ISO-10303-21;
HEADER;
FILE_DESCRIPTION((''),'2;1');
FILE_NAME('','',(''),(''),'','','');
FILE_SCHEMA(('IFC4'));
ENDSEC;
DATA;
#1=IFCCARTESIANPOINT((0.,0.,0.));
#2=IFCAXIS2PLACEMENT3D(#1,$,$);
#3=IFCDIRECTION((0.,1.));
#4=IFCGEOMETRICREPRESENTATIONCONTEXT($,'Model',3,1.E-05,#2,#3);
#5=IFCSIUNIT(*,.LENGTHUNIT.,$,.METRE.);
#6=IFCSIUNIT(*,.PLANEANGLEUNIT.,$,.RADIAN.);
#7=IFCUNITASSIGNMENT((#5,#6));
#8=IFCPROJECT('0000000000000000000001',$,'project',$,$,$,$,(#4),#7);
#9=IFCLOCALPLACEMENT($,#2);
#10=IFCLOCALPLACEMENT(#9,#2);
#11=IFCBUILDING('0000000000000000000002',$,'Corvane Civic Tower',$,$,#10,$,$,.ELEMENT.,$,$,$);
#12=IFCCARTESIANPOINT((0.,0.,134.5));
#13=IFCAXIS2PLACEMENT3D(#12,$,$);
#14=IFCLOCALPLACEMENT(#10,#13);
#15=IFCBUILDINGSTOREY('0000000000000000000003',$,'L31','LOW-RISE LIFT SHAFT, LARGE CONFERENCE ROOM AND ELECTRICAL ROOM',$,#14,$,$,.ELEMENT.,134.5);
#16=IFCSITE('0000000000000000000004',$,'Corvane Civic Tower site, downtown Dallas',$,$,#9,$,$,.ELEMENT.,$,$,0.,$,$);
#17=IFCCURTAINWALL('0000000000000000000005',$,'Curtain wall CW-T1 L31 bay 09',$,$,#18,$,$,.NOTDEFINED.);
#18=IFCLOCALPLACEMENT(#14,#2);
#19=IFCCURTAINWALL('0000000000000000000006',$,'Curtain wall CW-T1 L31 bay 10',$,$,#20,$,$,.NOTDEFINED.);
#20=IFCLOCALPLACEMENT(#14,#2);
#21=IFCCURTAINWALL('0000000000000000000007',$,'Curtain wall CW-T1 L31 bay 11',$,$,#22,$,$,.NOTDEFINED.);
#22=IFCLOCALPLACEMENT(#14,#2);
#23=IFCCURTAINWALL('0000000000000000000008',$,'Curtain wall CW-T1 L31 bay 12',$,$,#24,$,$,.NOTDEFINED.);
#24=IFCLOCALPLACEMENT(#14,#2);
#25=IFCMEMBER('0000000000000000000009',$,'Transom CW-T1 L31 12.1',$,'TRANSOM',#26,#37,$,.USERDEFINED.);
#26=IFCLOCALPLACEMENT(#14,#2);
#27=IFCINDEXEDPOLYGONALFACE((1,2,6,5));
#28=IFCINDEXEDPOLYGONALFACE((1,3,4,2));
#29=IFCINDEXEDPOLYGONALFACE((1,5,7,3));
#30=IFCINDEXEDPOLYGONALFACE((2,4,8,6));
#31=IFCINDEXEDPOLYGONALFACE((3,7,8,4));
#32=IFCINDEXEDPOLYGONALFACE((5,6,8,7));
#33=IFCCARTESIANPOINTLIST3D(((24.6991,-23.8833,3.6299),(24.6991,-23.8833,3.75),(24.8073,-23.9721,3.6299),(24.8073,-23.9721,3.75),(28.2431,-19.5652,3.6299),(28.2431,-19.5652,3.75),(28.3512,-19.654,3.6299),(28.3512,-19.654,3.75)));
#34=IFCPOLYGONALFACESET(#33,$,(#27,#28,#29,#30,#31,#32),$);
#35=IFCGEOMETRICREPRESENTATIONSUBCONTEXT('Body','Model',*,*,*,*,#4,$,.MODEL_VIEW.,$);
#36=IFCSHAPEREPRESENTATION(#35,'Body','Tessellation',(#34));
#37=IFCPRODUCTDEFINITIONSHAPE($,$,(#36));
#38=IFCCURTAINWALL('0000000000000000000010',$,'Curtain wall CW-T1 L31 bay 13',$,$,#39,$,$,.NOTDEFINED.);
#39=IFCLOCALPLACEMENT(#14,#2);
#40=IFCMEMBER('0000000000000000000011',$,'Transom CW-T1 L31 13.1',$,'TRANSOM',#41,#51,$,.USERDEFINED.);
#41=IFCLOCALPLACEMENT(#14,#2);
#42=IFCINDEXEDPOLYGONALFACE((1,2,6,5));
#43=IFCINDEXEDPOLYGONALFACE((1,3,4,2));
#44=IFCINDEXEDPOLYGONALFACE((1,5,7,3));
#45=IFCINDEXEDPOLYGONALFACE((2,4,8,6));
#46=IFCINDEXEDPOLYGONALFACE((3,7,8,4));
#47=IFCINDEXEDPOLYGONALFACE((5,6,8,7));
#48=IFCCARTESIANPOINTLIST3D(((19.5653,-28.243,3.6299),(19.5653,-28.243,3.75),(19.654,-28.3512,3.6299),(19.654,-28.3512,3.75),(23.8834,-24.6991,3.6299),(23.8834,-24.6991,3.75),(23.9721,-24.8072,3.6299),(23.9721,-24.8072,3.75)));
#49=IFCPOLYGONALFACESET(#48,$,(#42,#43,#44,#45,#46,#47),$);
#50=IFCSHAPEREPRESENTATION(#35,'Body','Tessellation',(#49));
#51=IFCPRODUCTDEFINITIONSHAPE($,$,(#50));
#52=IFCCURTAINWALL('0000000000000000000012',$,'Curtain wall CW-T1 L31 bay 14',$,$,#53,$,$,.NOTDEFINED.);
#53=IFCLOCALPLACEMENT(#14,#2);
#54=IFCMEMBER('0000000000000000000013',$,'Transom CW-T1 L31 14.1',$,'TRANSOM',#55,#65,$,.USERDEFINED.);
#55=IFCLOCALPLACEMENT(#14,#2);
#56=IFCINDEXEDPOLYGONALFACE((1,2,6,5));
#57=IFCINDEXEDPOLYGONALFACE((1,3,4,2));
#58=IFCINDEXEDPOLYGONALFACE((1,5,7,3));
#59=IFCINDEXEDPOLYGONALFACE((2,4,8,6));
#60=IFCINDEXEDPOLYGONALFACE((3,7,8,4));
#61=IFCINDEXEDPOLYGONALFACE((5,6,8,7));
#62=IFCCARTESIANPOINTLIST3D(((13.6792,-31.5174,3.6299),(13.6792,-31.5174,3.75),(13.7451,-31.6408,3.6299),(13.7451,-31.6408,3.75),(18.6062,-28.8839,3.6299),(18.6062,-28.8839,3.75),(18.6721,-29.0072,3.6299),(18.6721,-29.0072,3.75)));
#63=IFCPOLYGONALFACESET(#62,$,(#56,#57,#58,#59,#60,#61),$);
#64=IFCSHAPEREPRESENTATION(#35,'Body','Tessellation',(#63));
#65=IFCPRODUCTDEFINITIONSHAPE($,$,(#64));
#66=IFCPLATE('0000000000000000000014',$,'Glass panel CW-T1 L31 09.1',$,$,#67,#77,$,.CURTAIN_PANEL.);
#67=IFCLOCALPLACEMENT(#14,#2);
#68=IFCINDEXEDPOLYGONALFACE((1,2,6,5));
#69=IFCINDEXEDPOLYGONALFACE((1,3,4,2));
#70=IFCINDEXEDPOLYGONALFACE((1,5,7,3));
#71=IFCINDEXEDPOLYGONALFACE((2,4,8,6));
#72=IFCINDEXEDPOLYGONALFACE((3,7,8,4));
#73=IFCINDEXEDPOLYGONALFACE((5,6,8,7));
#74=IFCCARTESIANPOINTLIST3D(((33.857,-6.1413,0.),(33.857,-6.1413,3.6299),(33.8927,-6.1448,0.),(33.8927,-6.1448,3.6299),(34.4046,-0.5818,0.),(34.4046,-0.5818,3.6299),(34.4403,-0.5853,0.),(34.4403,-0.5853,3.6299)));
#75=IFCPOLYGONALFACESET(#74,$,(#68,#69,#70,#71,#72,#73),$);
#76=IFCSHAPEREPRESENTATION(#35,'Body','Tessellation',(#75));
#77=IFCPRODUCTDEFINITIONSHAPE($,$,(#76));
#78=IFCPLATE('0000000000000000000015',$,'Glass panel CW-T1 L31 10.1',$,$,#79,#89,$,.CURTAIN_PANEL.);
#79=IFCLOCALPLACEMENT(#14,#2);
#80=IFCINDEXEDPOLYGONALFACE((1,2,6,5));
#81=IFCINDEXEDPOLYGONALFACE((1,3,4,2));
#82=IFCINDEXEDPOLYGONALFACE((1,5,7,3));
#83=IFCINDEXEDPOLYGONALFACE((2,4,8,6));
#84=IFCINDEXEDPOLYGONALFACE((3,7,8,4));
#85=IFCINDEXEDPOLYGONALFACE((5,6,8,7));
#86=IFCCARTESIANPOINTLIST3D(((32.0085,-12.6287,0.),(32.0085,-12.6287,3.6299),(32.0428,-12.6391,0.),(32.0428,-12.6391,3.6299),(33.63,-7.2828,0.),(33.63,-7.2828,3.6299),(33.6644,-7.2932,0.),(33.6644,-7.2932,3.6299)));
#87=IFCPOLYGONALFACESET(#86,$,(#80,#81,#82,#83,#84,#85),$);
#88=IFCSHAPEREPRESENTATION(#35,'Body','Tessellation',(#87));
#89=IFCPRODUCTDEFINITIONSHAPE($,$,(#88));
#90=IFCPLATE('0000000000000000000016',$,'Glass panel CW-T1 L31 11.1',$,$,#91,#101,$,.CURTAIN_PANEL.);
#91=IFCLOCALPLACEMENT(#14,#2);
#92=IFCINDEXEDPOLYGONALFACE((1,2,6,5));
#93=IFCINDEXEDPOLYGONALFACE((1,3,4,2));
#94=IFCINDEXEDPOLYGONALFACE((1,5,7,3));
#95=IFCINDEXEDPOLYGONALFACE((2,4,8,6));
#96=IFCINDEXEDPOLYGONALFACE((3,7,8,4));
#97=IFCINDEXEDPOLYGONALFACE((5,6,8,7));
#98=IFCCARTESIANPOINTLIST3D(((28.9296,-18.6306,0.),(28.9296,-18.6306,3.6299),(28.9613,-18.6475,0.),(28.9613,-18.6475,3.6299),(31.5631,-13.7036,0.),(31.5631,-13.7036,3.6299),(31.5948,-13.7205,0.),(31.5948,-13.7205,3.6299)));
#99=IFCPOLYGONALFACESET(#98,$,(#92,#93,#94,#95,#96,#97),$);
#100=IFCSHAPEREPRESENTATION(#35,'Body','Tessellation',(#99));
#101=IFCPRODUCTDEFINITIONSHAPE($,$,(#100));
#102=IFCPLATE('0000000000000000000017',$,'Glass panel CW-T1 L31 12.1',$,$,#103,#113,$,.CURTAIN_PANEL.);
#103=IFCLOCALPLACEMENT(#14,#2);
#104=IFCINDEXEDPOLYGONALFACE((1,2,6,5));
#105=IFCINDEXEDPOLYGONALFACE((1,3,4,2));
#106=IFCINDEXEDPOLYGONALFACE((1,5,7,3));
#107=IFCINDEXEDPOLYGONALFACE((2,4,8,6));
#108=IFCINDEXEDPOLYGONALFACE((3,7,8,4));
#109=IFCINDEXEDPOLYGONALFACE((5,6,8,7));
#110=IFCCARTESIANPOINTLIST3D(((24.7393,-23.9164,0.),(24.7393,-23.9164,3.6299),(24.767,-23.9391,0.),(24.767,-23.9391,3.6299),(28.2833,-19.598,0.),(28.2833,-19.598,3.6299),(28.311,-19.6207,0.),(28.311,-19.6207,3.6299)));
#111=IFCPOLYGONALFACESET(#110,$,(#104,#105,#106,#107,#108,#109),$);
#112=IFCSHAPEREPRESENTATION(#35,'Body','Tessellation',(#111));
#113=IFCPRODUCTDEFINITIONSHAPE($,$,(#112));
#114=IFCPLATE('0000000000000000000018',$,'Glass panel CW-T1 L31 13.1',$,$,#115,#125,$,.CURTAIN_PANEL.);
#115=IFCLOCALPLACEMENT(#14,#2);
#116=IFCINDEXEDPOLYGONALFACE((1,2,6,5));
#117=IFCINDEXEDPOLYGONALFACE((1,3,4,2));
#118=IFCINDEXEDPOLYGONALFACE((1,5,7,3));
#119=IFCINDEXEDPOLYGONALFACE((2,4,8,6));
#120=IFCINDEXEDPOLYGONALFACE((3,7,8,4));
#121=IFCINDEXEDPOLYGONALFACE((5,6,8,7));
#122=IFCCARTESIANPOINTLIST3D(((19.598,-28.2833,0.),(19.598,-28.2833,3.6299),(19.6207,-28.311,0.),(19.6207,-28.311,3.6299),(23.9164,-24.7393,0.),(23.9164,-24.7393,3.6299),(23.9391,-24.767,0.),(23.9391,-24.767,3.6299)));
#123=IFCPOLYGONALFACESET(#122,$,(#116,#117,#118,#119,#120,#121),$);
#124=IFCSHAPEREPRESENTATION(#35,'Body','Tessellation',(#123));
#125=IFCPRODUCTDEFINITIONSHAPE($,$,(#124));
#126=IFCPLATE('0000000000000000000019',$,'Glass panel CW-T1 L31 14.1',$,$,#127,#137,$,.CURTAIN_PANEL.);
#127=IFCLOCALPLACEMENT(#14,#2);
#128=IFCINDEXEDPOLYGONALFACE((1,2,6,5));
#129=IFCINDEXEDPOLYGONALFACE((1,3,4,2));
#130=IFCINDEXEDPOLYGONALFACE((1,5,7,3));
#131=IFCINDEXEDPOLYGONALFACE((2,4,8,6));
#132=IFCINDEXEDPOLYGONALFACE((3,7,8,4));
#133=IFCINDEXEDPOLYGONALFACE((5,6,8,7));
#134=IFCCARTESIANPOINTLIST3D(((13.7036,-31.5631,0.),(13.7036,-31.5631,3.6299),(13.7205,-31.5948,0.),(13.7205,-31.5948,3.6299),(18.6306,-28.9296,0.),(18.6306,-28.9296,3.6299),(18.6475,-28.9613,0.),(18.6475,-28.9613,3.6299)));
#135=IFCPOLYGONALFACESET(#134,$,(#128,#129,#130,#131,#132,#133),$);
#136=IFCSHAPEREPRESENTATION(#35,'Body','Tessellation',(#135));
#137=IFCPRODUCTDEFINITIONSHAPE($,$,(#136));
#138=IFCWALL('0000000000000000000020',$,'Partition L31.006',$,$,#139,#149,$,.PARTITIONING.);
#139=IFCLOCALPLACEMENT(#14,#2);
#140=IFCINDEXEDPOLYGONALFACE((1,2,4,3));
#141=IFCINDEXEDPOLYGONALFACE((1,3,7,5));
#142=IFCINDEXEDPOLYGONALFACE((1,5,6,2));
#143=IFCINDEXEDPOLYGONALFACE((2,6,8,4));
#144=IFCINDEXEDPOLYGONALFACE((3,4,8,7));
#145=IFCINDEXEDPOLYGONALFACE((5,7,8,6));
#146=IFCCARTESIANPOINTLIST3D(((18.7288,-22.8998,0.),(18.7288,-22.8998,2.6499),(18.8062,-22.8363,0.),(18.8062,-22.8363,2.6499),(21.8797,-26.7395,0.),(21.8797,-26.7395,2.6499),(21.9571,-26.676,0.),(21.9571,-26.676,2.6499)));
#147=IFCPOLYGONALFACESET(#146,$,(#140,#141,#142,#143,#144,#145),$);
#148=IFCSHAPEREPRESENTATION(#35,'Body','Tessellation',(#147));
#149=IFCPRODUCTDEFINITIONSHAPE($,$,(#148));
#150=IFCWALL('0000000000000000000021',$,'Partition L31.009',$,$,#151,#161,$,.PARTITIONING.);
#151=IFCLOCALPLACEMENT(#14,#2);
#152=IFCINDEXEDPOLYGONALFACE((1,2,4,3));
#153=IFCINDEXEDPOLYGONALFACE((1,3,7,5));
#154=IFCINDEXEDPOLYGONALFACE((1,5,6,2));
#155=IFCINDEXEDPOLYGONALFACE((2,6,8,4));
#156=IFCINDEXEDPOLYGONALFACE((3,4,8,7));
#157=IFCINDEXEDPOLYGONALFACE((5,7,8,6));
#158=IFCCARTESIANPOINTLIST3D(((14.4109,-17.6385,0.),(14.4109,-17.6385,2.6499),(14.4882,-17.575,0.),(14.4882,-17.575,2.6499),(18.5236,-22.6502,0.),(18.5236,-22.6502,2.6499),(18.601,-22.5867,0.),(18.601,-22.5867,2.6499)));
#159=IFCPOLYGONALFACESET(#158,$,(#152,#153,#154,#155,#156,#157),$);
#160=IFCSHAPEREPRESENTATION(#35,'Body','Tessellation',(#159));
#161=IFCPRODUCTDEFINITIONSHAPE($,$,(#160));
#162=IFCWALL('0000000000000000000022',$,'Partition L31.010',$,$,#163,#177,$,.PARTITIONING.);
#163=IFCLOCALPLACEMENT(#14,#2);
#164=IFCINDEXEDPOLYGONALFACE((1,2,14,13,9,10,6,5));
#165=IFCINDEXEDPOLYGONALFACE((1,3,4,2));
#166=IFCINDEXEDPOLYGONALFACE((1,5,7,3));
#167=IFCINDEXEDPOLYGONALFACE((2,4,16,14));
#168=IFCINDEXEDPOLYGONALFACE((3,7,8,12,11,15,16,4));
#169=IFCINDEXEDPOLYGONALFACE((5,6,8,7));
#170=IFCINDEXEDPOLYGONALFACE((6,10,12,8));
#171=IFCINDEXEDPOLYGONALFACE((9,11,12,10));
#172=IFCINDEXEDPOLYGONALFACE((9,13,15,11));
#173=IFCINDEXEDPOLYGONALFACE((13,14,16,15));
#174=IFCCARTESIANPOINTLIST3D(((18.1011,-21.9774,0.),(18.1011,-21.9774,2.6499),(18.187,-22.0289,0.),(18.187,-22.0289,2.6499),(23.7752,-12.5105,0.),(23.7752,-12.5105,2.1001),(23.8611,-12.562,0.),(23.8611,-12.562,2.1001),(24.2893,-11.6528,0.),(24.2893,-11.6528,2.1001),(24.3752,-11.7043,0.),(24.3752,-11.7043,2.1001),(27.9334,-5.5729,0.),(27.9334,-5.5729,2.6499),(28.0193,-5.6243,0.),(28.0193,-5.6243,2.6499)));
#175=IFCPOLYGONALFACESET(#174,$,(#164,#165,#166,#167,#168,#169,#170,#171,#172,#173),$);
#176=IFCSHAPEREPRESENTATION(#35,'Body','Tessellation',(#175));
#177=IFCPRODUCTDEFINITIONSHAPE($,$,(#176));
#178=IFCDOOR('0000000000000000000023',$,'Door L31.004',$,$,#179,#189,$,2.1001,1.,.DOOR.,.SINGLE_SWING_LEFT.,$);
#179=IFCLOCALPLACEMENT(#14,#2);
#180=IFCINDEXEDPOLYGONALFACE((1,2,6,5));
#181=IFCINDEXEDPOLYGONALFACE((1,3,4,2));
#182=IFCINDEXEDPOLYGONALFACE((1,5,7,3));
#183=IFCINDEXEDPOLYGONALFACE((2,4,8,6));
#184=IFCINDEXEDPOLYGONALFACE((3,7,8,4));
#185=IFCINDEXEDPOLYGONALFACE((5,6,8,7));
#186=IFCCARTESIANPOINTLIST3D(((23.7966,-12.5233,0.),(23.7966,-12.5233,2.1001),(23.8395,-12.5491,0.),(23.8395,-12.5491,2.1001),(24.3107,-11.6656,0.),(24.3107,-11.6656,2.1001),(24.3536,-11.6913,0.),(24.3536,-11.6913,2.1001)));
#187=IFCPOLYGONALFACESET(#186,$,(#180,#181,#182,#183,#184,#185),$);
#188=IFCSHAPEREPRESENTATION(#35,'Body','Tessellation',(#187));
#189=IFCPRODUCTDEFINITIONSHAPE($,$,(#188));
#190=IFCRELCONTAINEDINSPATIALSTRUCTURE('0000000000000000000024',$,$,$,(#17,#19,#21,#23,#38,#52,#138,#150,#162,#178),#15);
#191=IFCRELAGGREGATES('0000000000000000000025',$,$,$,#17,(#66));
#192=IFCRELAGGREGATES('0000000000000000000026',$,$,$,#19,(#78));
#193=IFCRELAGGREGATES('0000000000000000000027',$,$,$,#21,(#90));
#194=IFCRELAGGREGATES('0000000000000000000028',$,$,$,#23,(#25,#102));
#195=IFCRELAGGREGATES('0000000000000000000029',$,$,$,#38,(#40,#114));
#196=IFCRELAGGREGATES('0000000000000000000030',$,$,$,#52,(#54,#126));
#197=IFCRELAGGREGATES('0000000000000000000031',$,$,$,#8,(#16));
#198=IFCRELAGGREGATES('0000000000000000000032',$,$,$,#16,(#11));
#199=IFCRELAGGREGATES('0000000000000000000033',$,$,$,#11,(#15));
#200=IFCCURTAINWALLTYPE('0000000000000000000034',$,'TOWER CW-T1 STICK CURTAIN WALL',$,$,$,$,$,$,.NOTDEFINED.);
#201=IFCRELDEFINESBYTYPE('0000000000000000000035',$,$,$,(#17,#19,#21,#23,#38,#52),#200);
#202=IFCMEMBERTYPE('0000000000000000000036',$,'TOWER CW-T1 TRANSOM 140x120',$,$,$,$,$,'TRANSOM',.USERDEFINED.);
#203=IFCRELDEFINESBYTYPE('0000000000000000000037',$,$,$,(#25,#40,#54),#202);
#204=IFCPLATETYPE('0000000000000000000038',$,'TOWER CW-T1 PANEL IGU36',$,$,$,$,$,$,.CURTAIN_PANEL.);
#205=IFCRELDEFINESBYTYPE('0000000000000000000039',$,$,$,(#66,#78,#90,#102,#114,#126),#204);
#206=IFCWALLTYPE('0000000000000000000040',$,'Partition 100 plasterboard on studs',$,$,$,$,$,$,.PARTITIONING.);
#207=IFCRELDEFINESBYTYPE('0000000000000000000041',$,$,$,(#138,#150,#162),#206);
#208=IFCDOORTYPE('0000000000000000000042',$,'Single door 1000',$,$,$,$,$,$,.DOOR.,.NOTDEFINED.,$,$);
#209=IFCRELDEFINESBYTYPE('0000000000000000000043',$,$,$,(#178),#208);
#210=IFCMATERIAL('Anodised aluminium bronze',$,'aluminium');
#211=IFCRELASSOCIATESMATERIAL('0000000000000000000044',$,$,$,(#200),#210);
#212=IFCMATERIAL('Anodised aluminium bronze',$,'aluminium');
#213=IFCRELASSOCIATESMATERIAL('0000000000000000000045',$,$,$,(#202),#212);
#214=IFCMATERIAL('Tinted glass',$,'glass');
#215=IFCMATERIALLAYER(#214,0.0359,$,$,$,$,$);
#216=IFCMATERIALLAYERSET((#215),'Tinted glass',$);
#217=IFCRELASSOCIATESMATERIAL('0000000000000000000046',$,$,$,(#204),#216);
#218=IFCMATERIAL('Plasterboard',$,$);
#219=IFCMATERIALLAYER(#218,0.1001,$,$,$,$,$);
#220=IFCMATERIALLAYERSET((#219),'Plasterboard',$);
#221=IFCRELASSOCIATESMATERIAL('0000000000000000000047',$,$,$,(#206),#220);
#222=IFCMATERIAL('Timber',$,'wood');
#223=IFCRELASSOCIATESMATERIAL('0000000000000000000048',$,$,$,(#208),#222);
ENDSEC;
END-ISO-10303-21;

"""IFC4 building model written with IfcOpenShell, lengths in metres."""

from ifc_helpers import new_model, si_unit, direction, frame, frame_2d, origin, origin_2d, place, context, subcontext, project, spatial, rectangle, extrude, material, layer, layer_set, material_profile, profile_set, type_object, element, fill, aggregate, save


model = new_model("IFC4")

# Units and contexts
model_context = context("Model", 3, precision=1e-05, world=origin(), true_north=direction((0.0, 1.0)))
body_context = subcontext(model_context, "Body", "Model", "MODEL_VIEW")
ifc_project = project(units=[si_unit("LENGTHUNIT", "METRE"), si_unit("PLANEANGLEUNIT", "RADIAN")], contexts=[model_context])

# Site, building, storey
site_placement = place(None, origin())
site = spatial("IfcSite", under=ifc_project, at=site_placement, Name="Corvane Civic Tower site, downtown Dallas", CompositionType="ELEMENT", RefElevation=0.0)
building_placement = place(site_placement, origin())
building = spatial("IfcBuilding", under=site, at=building_placement, Name="Corvane Civic Tower", CompositionType="ELEMENT")
storey_placement = place(building_placement, frame((0.0, 0.0, 134.5)))
storey = spatial("IfcBuildingStorey", under=building, at=storey_placement, Name="L31", Description="LOW-RISE LIFT SHAFT, LARGE CONFERENCE ROOM AND ELECTRICAL ROOM", CompositionType="ELEMENT", Elevation=134.5)

# Curtain walls, members
ifc_material_1 = material(Name="Anodised aluminium bronze", Category="aluminium")
curtain_wall_type = type_object("IfcCurtainWallType", Name="TOWER CW-T1 STICK CURTAIN WALL", PredefinedType="NOTDEFINED", material=ifc_material_1)
curtain_wall_1_placement = place(storey_placement, origin())
curtain_wall_1 = element("IfcCurtainWall", 1, at=curtain_wall_1_placement, inside=storey, type_object=curtain_wall_type, Name="Curtain wall CW-T1 L31 bay 09", PredefinedType="NOTDEFINED")
ifc_material_2 = material(Name="Anodised aluminium bronze", Category="aluminium")
ifc_material_profile_1 = material_profile(ifc_material_2, rectangle(XDim=0.1399, YDim=0.1201, at=origin_2d()), Name="TOWER CW-T1 TRANSOM 140x120")
ifc_profile_set_1 = profile_set([ifc_material_profile_1], Name="Anodised aluminium bronze")
member_type = type_object("IfcMemberType", Name="TOWER CW-T1 TRANSOM 140x120", ElementType="TRANSOM", PredefinedType="USERDEFINED", material=ifc_profile_set_1)
curtain_wall_2_placement = place(storey_placement, origin())
curtain_wall_2 = element("IfcCurtainWall", 2, at=curtain_wall_2_placement, inside=storey, type_object=curtain_wall_type, Name="Curtain wall CW-T1 L31 bay 10", PredefinedType="NOTDEFINED")
curtain_wall_3_placement = place(storey_placement, origin())
curtain_wall_3 = element("IfcCurtainWall", 3, at=curtain_wall_3_placement, inside=storey, type_object=curtain_wall_type, Name="Curtain wall CW-T1 L31 bay 11", PredefinedType="NOTDEFINED")
curtain_wall_4_placement = place(storey_placement, origin())
curtain_wall_4 = element("IfcCurtainWall", 4, at=curtain_wall_4_placement, inside=storey, type_object=curtain_wall_type, Name="Curtain wall CW-T1 L31 bay 12", PredefinedType="NOTDEFINED")
member_1_placement = place(storey_placement, frame((28.2971, -19.6096, 3.6899), z_axis=(-0.63441, -0.772996, 0.0), x_axis=(0.772996, -0.63441, 0.0)))
member_1 = element("IfcMember", 5, at=member_1_placement, type_object=member_type, Name="Transom CW-T1 L31 12.1", ObjectType="TRANSOM", PredefinedType="USERDEFINED", context=body_context, shape_type="SweptSolid", body=[
    extrude(rectangle(XDim=0.1399, YDim=0.1201, at=origin_2d()), origin(), (0.0, 0.0, 1.0), 5.5862),
])
curtain_wall_5_placement = place(storey_placement, origin())
curtain_wall_5 = element("IfcCurtainWall", 6, at=curtain_wall_5_placement, inside=storey, type_object=curtain_wall_type, Name="Curtain wall CW-T1 L31 bay 13", PredefinedType="NOTDEFINED")
member_2_placement = place(storey_placement, frame((23.9277, -24.7532, 3.6899), z_axis=(-0.772996, -0.63441, 0.0), x_axis=(0.63441, -0.772996, 0.0)))
member_2 = element("IfcMember", 7, at=member_2_placement, type_object=member_type, Name="Transom CW-T1 L31 13.1", ObjectType="TRANSOM", PredefinedType="USERDEFINED", context=body_context, shape_type="SweptSolid", body=[
    extrude(rectangle(XDim=0.1399, YDim=0.1201, at=origin_2d()), origin(), (0.0, 0.0, 1.0), 5.5862),
])
curtain_wall_6_placement = place(storey_placement, origin())
curtain_wall_6 = element("IfcCurtainWall", 8, at=curtain_wall_6_placement, inside=storey, type_object=curtain_wall_type, Name="Curtain wall CW-T1 L31 bay 14", PredefinedType="NOTDEFINED")
member_3_placement = place(storey_placement, frame((18.6392, -28.9456, 3.6899), z_axis=(-0.881921, -0.471398, 0.0), x_axis=(0.471398, -0.881921, 0.0)))
member_3 = element("IfcMember", 9, at=member_3_placement, type_object=member_type, Name="Transom CW-T1 L31 14.1", ObjectType="TRANSOM", PredefinedType="USERDEFINED", context=body_context, shape_type="SweptSolid", body=[
    extrude(rectangle(XDim=0.1399, YDim=0.1201, at=origin_2d()), origin(), (0.0, 0.0, 1.0), 5.5867),
])

# Plates
ifc_material_3 = material(Name="Tinted glass", Category="glass")
ifc_layer_1 = layer(ifc_material_3, 0.0359)
ifc_layer_set_1 = layer_set([ifc_layer_1], Name="Tinted glass")
plate_type = type_object("IfcPlateType", Name="TOWER CW-T1 PANEL IGU36", PredefinedType="CURTAIN_PANEL", material=ifc_layer_set_1)
plate_1_placement = place(storey_placement, frame((34.1487, -3.3633, 0.0), z_axis=(0.0, 0.0, 1.0), x_axis=(-0.098027, -0.995184, 0.0)))
plate_1 = element("IfcPlate", 10, at=plate_1_placement, type_object=plate_type, Name="Glass panel CW-T1 L31 09.1", PredefinedType="CURTAIN_PANEL", context=body_context, shape_type="SweptSolid", body=[
    extrude(rectangle(XDim=5.5864, YDim=0.0359, at=origin_2d()), origin(), (0.0, 0.0, 1.0), 3.6299),
])
aggregate(curtain_wall_1, [plate_1])
plate_2_placement = place(storey_placement, frame((32.8364, -9.9609, 0.0), z_axis=(0.0, 0.0, 1.0), x_axis=(-0.290266, -0.956946, 0.0)))
plate_2 = element("IfcPlate", 11, at=plate_2_placement, type_object=plate_type, Name="Glass panel CW-T1 L31 10.1", PredefinedType="CURTAIN_PANEL", context=body_context, shape_type="SweptSolid", body=[
    extrude(rectangle(XDim=5.5864, YDim=0.0359, at=origin_2d()), origin(), (0.0, 0.0, 1.0), 3.6299),
])
aggregate(curtain_wall_2, [plate_2])
plate_3_placement = place(storey_placement, frame((30.2622, -16.1755, 0.0), z_axis=(0.0, 0.0, 1.0), x_axis=(-0.471392, -0.881924, 0.0)))
plate_3 = element("IfcPlate", 12, at=plate_3_placement, type_object=plate_type, Name="Glass panel CW-T1 L31 11.1", PredefinedType="CURTAIN_PANEL", context=body_context, shape_type="SweptSolid", body=[
    extrude(rectangle(XDim=5.5867, YDim=0.0359, at=origin_2d()), origin(), (0.0, 0.0, 1.0), 3.6299),
])
aggregate(curtain_wall_3, [plate_3])
plate_4_placement = place(storey_placement, frame((26.5251, -21.7686, 0.0), z_axis=(0.0, 0.0, 1.0), x_axis=(-0.63439, -0.773013, 0.0)))
plate_4 = element("IfcPlate", 13, at=plate_4_placement, type_object=plate_type, Name="Glass panel CW-T1 L31 12.1", PredefinedType="CURTAIN_PANEL", context=body_context, shape_type="SweptSolid", body=[
    extrude(rectangle(XDim=5.5864, YDim=0.0359, at=origin_2d()), origin(), (0.0, 0.0, 1.0), 3.6299),
])
aggregate(curtain_wall_4, [member_1, plate_4])
plate_5_placement = place(storey_placement, frame((21.7686, -26.5251, 0.0), z_axis=(0.0, 0.0, 1.0), x_axis=(-0.773013, -0.63439, 0.0)))
plate_5 = element("IfcPlate", 14, at=plate_5_placement, type_object=plate_type, Name="Glass panel CW-T1 L31 13.1", PredefinedType="CURTAIN_PANEL", context=body_context, shape_type="SweptSolid", body=[
    extrude(rectangle(XDim=5.5864, YDim=0.0359, at=origin_2d()), origin(), (0.0, 0.0, 1.0), 3.6299),
])
aggregate(curtain_wall_5, [member_2, plate_5])
plate_6_placement = place(storey_placement, frame((16.1755, -30.2622, 0.0), z_axis=(0.0, 0.0, 1.0), x_axis=(-0.881924, -0.471392, 0.0)))
plate_6 = element("IfcPlate", 15, at=plate_6_placement, type_object=plate_type, Name="Glass panel CW-T1 L31 14.1", PredefinedType="CURTAIN_PANEL", context=body_context, shape_type="SweptSolid", body=[
    extrude(rectangle(XDim=5.5867, YDim=0.0359, at=origin_2d()), origin(), (0.0, 0.0, 1.0), 3.6299),
])
aggregate(curtain_wall_6, [member_3, plate_6])

# Walls
ifc_material_4 = material(Name="Plasterboard")
ifc_layer_2 = layer(ifc_material_4, 0.1001)
ifc_layer_set_2 = layer_set([ifc_layer_2], Name="Plasterboard")
wall_type_1 = type_object("IfcWallType", Name="Partition 100 plasterboard on studs", PredefinedType="PARTITIONING", material=ifc_layer_set_2)
wall_1_placement = place(storey_placement, frame((18.7676, -22.8682, 0.0), z_axis=(0.0, 0.0, 1.0), x_axis=(0.634369, -0.77303, 0.0)))
element("IfcWall", 16, at=wall_1_placement, inside=storey, type_object=wall_type_1, Name="Partition L31.006", PredefinedType="PARTITIONING", context=body_context, shape_type="SweptSolid", body=[
    extrude(rectangle(XDim=4.967, YDim=0.1001, at=frame_2d((2.4834, 0.0))), origin(), (0.0, 0.0, 1.0), 2.6499),
])
wall_2_placement = place(storey_placement, frame((14.4495, -17.6067, 0.0), z_axis=(0.0, 0.0, 1.0), x_axis=(0.634373, -0.773027, 0.0)))
element("IfcWall", 17, at=wall_2_placement, inside=storey, type_object=wall_type_1, Name="Partition L31.009", PredefinedType="PARTITIONING", context=body_context, shape_type="SweptSolid", body=[
    extrude(rectangle(XDim=6.4832, YDim=0.1001, at=frame_2d((3.2417, 0.0))), origin(), (0.0, 0.0, 1.0), 2.6499),
])

# Wall, opening, door
wall_3_placement = place(storey_placement, frame((18.144, -22.0032, 0.0), z_axis=(0.0, 0.0, 1.0), x_axis=(0.514094, 0.857734, 0.0)))
wall_3 = element("IfcWall", 18, at=wall_3_placement, inside=storey, type_object=wall_type_1, Name="Partition L31.010", PredefinedType="PARTITIONING", context=body_context, shape_type="SweptSolid", body=[
    extrude(rectangle(XDim=19.1255, YDim=0.1001, at=frame_2d((9.5627, 0.0))), origin(), (0.0, 0.0, 1.0), 2.6499),
])
opening_1_placement = place(wall_3_placement, frame((11.0371, 0.0, 0.0)))
opening_1 = element("IfcOpeningElement", 19, at=opening_1_placement, cuts=wall_3, PredefinedType="OPENING", context=body_context, shape_type="SweptSolid", body=[
    extrude(rectangle(XDim=1.0, YDim=2.1001, at=frame_2d((0.5, 1.05))), frame((0.0, 0.0601, 0.0), z_axis=(0.0, -1.0, 0.0), x_axis=(1.0, 0.0, 0.0)), (0.0, 0.0, 1.0), 0.1201),
])
ifc_material_5 = material(Name="Timber", Category="wood")
door_type_1 = type_object("IfcDoorType", Name="Single door 1000", OperationType="NOTDEFINED", PredefinedType="DOOR", material=ifc_material_5)
door_1_placement = place(opening_1_placement, frame((1.0, 0.0, 0.0), z_axis=(0.0, 0.0, 1.0), x_axis=(-1.0, 0.0, 0.0)))
door_1 = element("IfcDoor", 20, at=door_1_placement, inside=storey, type_object=door_type_1, Name="Door L31.004", OperationType="SINGLE_SWING_LEFT", OverallHeight=2.1001, OverallWidth=1.0, PredefinedType="DOOR", context=body_context, shape_type="SweptSolid", body=[
    extrude(rectangle(XDim=1.0, YDim=2.1001, at=frame_2d((0.5, 1.05))), frame((0.0, 0.0249, 0.0), z_axis=(0.0, -1.0, 0.0), x_axis=(1.0, 0.0, 0.0)), (0.0, 0.0, 1.0), 0.05),
])
fill(opening_1, door_1)

save(model, "model.ifc")
